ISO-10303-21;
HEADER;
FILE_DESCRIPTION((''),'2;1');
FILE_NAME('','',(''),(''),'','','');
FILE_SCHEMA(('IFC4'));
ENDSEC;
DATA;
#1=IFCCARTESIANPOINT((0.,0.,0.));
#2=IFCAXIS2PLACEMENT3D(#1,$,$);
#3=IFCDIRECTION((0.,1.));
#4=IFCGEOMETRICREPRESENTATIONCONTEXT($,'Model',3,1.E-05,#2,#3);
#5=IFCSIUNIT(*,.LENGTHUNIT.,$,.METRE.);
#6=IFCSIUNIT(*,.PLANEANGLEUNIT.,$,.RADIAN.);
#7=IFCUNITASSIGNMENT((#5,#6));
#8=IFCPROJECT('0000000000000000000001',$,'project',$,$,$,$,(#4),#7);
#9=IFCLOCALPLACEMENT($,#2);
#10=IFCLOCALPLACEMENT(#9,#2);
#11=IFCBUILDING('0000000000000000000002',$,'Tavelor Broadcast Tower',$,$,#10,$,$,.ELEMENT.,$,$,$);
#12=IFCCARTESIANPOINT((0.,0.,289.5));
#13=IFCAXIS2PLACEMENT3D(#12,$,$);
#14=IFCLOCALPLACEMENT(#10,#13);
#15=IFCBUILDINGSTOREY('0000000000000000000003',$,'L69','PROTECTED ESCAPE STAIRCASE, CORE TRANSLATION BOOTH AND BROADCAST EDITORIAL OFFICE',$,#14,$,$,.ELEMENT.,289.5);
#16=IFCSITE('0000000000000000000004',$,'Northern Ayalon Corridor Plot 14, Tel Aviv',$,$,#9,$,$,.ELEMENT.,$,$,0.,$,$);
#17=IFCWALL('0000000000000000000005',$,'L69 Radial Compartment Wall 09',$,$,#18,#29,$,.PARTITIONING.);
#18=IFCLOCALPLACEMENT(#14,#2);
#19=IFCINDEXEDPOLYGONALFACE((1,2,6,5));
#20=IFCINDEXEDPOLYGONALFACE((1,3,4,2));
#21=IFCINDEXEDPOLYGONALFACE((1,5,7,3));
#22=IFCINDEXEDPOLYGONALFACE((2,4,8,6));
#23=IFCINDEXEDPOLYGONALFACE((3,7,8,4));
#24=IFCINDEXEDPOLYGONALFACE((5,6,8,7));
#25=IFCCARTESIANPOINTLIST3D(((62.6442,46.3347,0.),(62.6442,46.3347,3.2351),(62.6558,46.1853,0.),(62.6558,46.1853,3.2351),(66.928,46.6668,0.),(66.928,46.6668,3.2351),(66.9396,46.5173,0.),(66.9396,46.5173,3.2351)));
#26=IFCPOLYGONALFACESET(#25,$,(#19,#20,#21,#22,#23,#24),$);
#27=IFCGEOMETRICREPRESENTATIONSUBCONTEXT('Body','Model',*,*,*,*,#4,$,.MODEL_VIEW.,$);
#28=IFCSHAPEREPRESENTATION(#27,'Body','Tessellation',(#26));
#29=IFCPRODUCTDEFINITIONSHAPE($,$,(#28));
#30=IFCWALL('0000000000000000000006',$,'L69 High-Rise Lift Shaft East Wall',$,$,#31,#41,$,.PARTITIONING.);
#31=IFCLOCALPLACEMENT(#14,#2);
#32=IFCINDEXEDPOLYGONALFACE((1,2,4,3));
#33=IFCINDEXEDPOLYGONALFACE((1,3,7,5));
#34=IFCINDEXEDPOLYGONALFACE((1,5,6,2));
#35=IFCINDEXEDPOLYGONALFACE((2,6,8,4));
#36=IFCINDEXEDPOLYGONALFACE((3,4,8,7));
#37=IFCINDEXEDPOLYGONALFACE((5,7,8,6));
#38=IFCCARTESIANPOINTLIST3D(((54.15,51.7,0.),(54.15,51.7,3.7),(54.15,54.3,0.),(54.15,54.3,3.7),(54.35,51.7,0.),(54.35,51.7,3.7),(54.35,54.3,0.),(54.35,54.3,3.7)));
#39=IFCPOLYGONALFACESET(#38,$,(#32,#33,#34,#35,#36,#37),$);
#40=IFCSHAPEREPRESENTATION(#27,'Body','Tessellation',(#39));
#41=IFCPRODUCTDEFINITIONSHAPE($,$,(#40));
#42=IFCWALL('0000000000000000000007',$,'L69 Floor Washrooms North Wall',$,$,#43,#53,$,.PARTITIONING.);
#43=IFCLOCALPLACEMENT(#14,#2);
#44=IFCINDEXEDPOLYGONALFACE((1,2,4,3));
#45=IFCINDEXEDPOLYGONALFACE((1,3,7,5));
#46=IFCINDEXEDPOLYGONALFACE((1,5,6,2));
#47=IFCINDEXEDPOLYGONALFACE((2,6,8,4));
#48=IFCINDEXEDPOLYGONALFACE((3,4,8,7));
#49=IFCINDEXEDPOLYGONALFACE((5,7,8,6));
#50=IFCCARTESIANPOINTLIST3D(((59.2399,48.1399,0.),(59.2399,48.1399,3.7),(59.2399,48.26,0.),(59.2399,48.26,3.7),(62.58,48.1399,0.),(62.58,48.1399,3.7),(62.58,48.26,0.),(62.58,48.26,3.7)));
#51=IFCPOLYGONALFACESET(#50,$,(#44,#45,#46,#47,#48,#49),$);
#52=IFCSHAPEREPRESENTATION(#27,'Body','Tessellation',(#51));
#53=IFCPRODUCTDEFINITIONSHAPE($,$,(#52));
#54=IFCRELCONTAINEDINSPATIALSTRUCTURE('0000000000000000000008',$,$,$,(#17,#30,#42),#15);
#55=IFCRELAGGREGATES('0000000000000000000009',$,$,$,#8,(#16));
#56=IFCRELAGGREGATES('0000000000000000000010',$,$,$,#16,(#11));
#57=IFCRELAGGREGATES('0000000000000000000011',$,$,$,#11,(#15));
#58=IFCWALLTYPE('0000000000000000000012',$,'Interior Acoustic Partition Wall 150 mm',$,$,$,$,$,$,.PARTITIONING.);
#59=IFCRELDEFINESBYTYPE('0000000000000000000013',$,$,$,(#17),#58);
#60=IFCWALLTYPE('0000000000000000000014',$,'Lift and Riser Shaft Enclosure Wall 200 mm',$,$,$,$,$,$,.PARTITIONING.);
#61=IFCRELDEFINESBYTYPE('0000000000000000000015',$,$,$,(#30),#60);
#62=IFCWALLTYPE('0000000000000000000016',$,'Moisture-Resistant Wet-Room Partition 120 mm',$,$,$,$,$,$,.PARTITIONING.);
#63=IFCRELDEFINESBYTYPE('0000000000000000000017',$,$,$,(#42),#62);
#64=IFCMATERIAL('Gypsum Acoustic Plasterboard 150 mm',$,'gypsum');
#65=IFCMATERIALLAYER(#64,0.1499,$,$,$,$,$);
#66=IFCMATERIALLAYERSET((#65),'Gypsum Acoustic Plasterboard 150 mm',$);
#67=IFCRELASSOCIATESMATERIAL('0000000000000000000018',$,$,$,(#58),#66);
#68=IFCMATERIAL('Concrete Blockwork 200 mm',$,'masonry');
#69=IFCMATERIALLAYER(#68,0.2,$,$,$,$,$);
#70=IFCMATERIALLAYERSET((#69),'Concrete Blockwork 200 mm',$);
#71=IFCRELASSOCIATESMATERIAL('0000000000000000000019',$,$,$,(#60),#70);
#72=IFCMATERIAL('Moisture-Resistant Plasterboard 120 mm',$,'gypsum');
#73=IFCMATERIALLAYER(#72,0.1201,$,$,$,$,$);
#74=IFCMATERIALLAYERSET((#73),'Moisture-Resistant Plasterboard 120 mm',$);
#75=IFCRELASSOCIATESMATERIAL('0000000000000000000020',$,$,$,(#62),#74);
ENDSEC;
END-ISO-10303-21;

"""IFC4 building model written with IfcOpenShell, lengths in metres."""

from ifc_helpers import new_model, si_unit, direction, frame, frame_2d, origin, place, context, subcontext, project, spatial, rectangle, extrude, material, layer, layer_set, type_object, element, save


model = new_model("IFC4")

# Units and contexts
model_context = context("Model", 3, precision=1e-05, world=origin(), true_north=direction((0.0, 1.0)))
body_context = subcontext(model_context, "Body", "Model", "MODEL_VIEW")
ifc_project = project(units=[si_unit("LENGTHUNIT", "METRE"), si_unit("PLANEANGLEUNIT", "RADIAN")], contexts=[model_context])

# Site, building, storey
site_placement = place(None, origin())
site = spatial("IfcSite", under=ifc_project, at=site_placement, Name="Northern Ayalon Corridor Plot 14, Tel Aviv", CompositionType="ELEMENT", RefElevation=0.0)
building_placement = place(site_placement, origin())
building = spatial("IfcBuilding", under=site, at=building_placement, Name="Tavelor Broadcast Tower", CompositionType="ELEMENT")
storey_placement = place(building_placement, frame((0.0, 0.0, 289.5)))
storey = spatial("IfcBuildingStorey", under=building, at=storey_placement, Name="L69", Description="PROTECTED ESCAPE STAIRCASE, CORE TRANSLATION BOOTH AND BROADCAST EDITORIAL OFFICE", CompositionType="ELEMENT", Elevation=289.5)

# Walls
ifc_material_1 = material(Name="Gypsum Acoustic Plasterboard 150 mm", Category="gypsum")
ifc_layer_1 = layer(ifc_material_1, 0.1499)
ifc_layer_set_1 = layer_set([ifc_layer_1], Name="Gypsum Acoustic Plasterboard 150 mm")
wall_type_1 = type_object("IfcWallType", Name="Interior Acoustic Partition Wall 150 mm", PredefinedType="PARTITIONING", material=ifc_layer_set_1)
wall_1_placement = place(storey_placement, frame((62.6499, 46.26, 0.0), z_axis=(0.0, 0.0, 1.0), x_axis=(0.99701, 0.077279, 0.0)))
element("IfcWall", 1, at=wall_1_placement, inside=storey, type_object=wall_type_1, Name="L69 Radial Compartment Wall 09", PredefinedType="PARTITIONING", context=body_context, shape_type="SweptSolid", body=[
    extrude(rectangle(XDim=4.2966, YDim=0.1499, at=frame_2d((2.1484, 0.0))), origin(), (0.0, 0.0, 1.0), 3.2351),
])
ifc_material_2 = material(Name="Concrete Blockwork 200 mm", Category="masonry")
ifc_layer_2 = layer(ifc_material_2, 0.2)
ifc_layer_set_2 = layer_set([ifc_layer_2], Name="Concrete Blockwork 200 mm")
wall_type_2 = type_object("IfcWallType", Name="Lift and Riser Shaft Enclosure Wall 200 mm", PredefinedType="PARTITIONING", material=ifc_layer_set_2)
wall_2_placement = place(storey_placement, frame((54.25, 51.7, 0.0), z_axis=(0.0, 0.0, 1.0), x_axis=(0.0, 1.0, 0.0)))
element("IfcWall", 2, at=wall_2_placement, inside=storey, type_object=wall_type_2, Name="L69 High-Rise Lift Shaft East Wall", PredefinedType="PARTITIONING", context=body_context, shape_type="SweptSolid", body=[
    extrude(rectangle(XDim=2.6001, YDim=0.2, at=frame_2d((1.3, 0.0))), origin(), (0.0, 0.0, 1.0), 3.7),
])
ifc_material_3 = material(Name="Moisture-Resistant Plasterboard 120 mm", Category="gypsum")
ifc_layer_3 = layer(ifc_material_3, 0.1201)
ifc_layer_set_3 = layer_set([ifc_layer_3], Name="Moisture-Resistant Plasterboard 120 mm")
wall_type_3 = type_object("IfcWallType", Name="Moisture-Resistant Wet-Room Partition 120 mm", PredefinedType="PARTITIONING", material=ifc_layer_set_3)
wall_3_placement = place(storey_placement, frame((59.24, 48.2, 0.0), z_axis=(0.0, 0.0, 1.0), x_axis=(1.0, 0.0, 0.0)))
element("IfcWall", 3, at=wall_3_placement, inside=storey, type_object=wall_type_3, Name="L69 Floor Washrooms North Wall", PredefinedType="PARTITIONING", context=body_context, shape_type="SweptSolid", body=[
    extrude(rectangle(XDim=3.3401, YDim=0.1201, at=frame_2d((1.6699, 0.0))), origin(), (0.0, 0.0, 1.0), 3.7),
])

save(model, "model.ifc")
